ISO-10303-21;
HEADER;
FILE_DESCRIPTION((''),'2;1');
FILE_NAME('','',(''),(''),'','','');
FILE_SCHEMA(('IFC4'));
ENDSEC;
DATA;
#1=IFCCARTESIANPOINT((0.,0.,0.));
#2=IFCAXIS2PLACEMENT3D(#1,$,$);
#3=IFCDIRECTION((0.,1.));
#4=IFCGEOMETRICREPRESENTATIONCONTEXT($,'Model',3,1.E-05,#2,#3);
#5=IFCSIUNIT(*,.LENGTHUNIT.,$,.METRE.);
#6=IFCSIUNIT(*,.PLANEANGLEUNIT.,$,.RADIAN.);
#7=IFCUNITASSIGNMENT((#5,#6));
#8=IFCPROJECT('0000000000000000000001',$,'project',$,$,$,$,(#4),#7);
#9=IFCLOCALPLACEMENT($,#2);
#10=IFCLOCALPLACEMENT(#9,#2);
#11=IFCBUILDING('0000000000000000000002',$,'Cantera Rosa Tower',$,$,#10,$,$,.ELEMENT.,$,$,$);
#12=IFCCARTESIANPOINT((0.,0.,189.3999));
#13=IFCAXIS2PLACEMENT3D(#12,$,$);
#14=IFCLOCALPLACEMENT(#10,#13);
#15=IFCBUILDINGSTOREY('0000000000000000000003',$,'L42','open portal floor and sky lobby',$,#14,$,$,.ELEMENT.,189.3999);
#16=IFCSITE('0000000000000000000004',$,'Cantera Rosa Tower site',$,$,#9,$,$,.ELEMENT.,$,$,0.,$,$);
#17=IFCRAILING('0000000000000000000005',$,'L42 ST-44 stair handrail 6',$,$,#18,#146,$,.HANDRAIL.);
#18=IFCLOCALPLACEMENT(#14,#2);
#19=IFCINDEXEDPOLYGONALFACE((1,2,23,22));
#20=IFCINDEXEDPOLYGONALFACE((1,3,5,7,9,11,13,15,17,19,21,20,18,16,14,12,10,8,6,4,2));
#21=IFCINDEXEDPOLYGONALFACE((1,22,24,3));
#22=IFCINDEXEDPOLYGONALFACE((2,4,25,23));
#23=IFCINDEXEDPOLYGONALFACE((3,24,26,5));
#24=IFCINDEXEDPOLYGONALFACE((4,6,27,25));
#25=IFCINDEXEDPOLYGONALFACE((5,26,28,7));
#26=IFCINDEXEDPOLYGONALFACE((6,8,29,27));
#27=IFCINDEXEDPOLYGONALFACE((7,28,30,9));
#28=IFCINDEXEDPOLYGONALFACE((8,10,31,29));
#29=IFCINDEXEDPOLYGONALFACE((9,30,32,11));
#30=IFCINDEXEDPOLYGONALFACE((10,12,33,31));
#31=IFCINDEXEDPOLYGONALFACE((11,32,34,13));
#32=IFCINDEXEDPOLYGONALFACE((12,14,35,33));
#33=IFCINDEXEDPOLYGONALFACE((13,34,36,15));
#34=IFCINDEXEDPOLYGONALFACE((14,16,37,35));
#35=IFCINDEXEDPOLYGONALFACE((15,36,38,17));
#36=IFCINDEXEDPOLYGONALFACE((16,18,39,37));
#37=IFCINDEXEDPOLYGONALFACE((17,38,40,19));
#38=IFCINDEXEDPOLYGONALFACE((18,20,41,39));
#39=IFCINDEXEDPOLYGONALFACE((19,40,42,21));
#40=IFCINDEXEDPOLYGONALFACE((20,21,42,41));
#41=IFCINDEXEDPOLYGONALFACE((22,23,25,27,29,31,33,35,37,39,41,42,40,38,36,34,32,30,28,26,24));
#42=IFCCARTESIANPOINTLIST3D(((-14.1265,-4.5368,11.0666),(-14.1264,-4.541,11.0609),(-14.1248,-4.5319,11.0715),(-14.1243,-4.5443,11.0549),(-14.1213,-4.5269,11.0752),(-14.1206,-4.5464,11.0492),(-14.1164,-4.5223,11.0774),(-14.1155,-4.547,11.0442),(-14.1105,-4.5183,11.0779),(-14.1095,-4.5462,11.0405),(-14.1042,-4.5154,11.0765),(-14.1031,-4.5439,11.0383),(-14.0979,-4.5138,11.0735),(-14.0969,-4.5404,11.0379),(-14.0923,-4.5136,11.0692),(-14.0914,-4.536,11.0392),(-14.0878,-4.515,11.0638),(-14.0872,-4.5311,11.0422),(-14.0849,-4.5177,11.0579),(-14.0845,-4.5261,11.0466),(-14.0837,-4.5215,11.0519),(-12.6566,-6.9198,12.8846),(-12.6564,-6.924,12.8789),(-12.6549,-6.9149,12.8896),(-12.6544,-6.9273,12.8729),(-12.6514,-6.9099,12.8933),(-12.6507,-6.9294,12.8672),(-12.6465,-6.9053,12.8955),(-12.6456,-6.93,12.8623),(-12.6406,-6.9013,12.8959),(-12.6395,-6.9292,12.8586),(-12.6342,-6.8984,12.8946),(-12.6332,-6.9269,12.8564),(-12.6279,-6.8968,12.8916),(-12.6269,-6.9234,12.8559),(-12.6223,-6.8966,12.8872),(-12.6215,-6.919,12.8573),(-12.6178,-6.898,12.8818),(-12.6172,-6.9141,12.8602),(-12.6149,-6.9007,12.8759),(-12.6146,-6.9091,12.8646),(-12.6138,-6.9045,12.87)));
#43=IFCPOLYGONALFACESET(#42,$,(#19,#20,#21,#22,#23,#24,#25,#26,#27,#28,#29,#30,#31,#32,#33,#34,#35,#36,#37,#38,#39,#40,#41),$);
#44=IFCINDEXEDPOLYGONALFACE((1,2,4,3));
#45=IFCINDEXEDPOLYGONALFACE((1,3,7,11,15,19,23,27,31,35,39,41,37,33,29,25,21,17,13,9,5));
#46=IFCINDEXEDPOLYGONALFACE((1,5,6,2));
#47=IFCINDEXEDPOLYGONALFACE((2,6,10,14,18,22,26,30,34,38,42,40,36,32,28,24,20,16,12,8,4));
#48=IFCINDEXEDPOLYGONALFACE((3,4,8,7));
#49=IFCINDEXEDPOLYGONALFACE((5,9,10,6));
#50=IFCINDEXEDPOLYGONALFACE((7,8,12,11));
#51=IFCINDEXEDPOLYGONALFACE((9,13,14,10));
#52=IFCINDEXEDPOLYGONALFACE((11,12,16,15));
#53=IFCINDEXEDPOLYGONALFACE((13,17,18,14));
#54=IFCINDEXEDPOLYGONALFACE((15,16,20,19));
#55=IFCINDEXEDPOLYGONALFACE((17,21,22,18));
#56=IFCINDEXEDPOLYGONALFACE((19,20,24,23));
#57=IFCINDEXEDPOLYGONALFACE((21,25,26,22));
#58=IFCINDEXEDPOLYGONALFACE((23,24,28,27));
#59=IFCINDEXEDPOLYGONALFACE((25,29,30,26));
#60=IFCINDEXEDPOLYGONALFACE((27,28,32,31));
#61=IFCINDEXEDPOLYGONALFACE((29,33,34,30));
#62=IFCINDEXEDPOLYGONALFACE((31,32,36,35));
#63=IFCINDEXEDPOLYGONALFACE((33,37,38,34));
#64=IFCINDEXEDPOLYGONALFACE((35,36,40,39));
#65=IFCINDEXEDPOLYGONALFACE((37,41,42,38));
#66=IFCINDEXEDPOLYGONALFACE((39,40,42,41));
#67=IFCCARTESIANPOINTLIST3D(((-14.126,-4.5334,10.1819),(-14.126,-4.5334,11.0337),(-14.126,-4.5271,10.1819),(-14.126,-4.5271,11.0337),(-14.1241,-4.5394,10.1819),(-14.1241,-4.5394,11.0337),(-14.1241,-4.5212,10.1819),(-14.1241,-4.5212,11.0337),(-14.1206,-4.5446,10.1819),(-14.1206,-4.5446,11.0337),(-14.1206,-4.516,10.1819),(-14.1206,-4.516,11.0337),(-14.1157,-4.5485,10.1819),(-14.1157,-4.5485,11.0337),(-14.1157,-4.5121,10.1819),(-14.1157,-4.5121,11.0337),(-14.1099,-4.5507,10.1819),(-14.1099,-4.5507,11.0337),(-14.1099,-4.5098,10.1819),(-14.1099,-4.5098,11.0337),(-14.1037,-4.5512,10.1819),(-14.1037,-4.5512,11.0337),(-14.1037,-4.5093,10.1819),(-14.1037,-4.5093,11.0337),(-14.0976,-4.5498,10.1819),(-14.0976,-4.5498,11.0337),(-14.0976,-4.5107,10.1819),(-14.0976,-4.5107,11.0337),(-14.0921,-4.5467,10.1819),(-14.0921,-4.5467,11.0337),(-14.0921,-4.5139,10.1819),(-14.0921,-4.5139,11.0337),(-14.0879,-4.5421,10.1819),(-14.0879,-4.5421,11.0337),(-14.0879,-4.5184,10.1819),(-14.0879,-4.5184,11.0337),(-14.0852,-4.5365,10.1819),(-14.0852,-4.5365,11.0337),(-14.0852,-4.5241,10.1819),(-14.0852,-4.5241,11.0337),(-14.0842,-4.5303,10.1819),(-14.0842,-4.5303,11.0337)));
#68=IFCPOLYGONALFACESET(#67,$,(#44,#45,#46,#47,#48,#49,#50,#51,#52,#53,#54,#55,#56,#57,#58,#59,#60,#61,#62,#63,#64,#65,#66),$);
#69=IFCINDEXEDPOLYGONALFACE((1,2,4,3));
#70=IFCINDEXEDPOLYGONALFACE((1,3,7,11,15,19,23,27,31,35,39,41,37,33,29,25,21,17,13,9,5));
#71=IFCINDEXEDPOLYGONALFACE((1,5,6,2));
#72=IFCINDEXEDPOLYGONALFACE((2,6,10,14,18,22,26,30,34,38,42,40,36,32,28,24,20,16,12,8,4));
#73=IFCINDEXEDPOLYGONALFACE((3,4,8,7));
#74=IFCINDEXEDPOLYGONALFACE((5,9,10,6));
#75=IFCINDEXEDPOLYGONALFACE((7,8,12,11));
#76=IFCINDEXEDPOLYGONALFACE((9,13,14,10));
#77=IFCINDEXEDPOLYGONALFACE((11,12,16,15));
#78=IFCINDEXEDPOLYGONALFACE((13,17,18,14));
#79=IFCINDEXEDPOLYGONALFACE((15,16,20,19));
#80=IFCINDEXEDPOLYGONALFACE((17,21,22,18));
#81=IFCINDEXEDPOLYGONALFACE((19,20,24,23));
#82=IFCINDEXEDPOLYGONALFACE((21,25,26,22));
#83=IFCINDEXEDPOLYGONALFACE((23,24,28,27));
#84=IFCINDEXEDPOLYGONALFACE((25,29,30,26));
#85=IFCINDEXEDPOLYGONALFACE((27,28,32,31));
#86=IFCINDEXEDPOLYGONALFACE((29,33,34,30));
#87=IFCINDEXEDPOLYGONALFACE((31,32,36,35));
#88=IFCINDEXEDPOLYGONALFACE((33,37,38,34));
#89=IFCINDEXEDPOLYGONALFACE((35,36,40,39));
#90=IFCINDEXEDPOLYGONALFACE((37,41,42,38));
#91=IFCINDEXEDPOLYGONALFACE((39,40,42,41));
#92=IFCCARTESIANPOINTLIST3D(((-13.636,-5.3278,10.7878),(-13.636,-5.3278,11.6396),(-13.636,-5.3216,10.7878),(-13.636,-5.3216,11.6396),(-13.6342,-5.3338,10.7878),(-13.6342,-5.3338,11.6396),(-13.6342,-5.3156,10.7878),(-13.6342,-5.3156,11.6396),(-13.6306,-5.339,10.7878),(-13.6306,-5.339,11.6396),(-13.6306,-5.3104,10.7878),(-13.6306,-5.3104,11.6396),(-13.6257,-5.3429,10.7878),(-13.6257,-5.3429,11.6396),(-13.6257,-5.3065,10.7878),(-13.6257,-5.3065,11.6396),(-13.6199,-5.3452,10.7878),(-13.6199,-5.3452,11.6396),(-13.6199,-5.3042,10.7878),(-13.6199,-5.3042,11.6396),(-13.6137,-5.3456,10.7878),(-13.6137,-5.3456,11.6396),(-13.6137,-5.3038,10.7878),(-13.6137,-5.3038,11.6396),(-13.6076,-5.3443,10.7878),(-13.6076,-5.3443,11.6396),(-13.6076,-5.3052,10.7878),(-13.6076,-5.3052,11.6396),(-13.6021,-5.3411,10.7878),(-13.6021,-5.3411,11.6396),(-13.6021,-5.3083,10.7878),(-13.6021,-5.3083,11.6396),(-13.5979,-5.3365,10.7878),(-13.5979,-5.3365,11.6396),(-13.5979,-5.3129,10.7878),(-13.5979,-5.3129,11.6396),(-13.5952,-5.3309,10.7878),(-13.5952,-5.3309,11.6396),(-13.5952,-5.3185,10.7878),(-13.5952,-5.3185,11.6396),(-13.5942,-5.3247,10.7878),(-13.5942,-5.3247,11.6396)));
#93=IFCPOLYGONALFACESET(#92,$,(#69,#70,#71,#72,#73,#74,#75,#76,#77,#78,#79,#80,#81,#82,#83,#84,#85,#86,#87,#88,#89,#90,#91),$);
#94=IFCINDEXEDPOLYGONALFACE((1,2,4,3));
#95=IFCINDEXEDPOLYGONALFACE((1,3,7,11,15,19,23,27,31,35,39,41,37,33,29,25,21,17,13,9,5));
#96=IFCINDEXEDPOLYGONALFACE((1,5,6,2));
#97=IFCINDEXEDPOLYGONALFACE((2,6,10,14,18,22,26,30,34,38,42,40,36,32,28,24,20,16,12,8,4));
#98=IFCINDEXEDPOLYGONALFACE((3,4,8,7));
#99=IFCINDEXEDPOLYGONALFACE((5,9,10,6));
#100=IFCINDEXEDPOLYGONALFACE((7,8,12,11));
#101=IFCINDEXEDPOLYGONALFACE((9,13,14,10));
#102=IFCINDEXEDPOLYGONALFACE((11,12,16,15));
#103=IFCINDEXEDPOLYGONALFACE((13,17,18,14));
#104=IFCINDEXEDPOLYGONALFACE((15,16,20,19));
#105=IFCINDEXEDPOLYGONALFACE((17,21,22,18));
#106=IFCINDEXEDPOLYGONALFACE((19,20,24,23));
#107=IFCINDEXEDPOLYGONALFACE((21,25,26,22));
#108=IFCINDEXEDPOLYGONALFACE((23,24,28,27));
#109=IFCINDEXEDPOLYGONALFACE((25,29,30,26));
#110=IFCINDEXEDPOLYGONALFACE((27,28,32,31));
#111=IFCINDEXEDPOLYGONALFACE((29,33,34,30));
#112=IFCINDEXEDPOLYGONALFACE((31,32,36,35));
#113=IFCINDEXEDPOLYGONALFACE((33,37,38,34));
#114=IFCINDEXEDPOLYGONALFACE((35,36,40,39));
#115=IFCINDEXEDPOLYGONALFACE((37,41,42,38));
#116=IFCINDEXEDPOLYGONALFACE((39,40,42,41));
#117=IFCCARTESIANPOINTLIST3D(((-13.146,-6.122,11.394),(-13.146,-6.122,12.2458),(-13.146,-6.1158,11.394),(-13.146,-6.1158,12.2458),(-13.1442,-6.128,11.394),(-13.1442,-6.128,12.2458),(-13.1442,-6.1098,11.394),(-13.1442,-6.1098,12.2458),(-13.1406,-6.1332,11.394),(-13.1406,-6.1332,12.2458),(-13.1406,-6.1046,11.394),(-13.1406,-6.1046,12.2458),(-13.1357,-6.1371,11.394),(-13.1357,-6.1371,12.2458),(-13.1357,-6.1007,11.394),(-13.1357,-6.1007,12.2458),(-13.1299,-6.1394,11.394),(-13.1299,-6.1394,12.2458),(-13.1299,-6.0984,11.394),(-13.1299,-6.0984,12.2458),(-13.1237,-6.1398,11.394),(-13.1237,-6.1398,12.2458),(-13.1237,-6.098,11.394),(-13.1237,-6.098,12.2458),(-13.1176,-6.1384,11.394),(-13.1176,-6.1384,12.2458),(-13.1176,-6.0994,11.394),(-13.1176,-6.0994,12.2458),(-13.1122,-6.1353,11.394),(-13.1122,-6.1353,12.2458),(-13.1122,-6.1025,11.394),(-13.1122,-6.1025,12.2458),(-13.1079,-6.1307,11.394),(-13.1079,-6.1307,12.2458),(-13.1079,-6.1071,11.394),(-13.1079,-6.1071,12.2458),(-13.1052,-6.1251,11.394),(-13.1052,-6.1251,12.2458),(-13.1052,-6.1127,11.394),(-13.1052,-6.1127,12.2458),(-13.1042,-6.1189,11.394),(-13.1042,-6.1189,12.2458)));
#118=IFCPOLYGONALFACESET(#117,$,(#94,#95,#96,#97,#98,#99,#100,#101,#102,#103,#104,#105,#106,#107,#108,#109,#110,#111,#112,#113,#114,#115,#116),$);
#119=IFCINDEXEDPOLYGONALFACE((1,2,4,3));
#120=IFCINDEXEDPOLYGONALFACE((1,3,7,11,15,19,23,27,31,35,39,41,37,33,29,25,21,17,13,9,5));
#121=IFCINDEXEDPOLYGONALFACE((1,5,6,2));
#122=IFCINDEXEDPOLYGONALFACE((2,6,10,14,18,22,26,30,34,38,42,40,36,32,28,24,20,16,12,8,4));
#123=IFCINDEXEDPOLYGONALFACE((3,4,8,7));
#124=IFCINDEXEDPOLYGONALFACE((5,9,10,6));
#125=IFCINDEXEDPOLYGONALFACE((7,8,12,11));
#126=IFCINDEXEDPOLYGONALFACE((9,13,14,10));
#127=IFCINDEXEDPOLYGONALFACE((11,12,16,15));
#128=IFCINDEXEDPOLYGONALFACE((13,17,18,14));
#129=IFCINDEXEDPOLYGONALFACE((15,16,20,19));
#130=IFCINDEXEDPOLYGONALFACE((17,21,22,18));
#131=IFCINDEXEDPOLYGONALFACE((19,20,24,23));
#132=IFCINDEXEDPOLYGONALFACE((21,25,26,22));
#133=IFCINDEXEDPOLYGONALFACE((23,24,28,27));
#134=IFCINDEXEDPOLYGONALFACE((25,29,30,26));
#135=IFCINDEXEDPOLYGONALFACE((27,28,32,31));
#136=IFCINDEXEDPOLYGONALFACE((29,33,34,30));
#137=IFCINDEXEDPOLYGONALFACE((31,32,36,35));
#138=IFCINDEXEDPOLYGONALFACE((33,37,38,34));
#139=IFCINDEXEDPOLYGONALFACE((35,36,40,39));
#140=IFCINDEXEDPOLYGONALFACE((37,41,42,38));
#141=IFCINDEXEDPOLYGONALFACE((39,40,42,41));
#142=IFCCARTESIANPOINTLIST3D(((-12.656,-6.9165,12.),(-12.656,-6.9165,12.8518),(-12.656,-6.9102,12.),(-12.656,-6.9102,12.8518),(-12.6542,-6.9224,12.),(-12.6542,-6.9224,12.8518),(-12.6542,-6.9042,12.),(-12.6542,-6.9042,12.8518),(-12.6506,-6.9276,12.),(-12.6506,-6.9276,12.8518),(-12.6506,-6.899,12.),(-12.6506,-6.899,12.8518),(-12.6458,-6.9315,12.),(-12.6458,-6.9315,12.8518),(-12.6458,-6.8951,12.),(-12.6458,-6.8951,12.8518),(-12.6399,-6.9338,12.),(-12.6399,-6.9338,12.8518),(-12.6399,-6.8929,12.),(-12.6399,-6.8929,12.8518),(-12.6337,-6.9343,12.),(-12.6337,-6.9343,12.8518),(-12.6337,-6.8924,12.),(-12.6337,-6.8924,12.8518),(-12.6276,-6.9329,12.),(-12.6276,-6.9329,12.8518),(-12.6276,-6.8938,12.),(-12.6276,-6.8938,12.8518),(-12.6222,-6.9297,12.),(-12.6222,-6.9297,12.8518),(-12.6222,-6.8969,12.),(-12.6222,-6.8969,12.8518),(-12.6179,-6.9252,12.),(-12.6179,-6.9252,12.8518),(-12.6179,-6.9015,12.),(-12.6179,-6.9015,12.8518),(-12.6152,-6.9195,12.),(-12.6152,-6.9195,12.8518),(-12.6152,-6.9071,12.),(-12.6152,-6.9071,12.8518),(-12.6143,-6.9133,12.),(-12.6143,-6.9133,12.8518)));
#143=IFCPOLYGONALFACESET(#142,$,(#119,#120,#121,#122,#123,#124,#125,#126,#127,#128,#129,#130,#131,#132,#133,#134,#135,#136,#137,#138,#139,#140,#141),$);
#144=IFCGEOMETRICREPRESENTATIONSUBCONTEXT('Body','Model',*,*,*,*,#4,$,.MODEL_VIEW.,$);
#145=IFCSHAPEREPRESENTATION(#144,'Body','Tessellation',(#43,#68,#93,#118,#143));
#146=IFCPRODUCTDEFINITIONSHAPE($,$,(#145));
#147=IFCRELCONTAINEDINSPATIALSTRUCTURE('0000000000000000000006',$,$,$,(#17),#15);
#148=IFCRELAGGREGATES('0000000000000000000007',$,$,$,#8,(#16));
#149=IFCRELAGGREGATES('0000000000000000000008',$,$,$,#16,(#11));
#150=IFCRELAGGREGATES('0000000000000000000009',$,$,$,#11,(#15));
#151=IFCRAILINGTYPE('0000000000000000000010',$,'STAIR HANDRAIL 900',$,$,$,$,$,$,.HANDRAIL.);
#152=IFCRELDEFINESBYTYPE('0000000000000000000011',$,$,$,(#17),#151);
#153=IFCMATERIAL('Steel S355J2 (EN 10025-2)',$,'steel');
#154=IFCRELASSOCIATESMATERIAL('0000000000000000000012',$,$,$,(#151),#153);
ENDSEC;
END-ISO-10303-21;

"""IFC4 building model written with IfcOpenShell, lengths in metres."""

from ifc_helpers import new_model, si_unit, direction, frame, origin, origin_2d, place, context, subcontext, project, spatial, circle, extrude, material, type_object, element, save


model = new_model("IFC4")

# Units and contexts
model_context = context("Model", 3, precision=1e-05, world=origin(), true_north=direction((0.0, 1.0)))
body_context = subcontext(model_context, "Body", "Model", "MODEL_VIEW")
ifc_project = project(units=[si_unit("LENGTHUNIT", "METRE"), si_unit("PLANEANGLEUNIT", "RADIAN")], contexts=[model_context])

# Site, building, storey
site_placement = place(None, origin())
site = spatial("IfcSite", under=ifc_project, at=site_placement, Name="Cantera Rosa Tower site", CompositionType="ELEMENT", RefElevation=0.0)
building_placement = place(site_placement, origin())
building = spatial("IfcBuilding", under=site, at=building_placement, Name="Cantera Rosa Tower", CompositionType="ELEMENT")
storey_placement = place(building_placement, frame((0.0, 0.0, 189.3999)))
storey = spatial("IfcBuildingStorey", under=building, at=storey_placement, Name="L42", Description="open portal floor and sky lobby", CompositionType="ELEMENT", Elevation=189.3999)

# Railing
ifc_material_1 = material(Name="Steel S355J2 (EN 10025-2)", Category="steel")
railing_type_1 = type_object("IfcRailingType", Name="STAIR HANDRAIL 900", PredefinedType="HANDRAIL", material=ifc_material_1)
for number, where, name in (
    (1, (-14.1052, -4.5303, 10.1819), "L42 ST-44 stair handrail 6"),
):
    element("IfcRailing", number, at=place(storey_placement, frame(where)), inside=storey, type_object=railing_type_1, Name=name, PredefinedType="HANDRAIL", context=body_context, shape_type="SweptSolid", body=[
        extrude(circle(Radius=0.0239, at=origin_2d()), frame((0.0, 0.0, 0.876), z_axis=(0.440314, -0.713819, 0.544597), x_axis=(0.851104, 0.524997, 0.0)), (0.0, 0.0, 1.0), 3.3384),
        extrude(circle(Radius=0.021, at=origin_2d()), origin(), (0.0, 0.0, 1.0), 0.8518),
        extrude(circle(Radius=0.021, at=origin_2d()), frame((0.49, -0.7944, 0.606)), (0.0, 0.0, 1.0), 0.8518),
        extrude(circle(Radius=0.021, at=origin_2d()), frame((0.98, -1.5886, 1.2122)), (0.0, 0.0, 1.0), 0.8518),
        extrude(circle(Radius=0.021, at=origin_2d()), frame((1.47, -2.3831, 1.8181)), (0.0, 0.0, 1.0), 0.8518),
    ])

save(model, "model.ifc")
